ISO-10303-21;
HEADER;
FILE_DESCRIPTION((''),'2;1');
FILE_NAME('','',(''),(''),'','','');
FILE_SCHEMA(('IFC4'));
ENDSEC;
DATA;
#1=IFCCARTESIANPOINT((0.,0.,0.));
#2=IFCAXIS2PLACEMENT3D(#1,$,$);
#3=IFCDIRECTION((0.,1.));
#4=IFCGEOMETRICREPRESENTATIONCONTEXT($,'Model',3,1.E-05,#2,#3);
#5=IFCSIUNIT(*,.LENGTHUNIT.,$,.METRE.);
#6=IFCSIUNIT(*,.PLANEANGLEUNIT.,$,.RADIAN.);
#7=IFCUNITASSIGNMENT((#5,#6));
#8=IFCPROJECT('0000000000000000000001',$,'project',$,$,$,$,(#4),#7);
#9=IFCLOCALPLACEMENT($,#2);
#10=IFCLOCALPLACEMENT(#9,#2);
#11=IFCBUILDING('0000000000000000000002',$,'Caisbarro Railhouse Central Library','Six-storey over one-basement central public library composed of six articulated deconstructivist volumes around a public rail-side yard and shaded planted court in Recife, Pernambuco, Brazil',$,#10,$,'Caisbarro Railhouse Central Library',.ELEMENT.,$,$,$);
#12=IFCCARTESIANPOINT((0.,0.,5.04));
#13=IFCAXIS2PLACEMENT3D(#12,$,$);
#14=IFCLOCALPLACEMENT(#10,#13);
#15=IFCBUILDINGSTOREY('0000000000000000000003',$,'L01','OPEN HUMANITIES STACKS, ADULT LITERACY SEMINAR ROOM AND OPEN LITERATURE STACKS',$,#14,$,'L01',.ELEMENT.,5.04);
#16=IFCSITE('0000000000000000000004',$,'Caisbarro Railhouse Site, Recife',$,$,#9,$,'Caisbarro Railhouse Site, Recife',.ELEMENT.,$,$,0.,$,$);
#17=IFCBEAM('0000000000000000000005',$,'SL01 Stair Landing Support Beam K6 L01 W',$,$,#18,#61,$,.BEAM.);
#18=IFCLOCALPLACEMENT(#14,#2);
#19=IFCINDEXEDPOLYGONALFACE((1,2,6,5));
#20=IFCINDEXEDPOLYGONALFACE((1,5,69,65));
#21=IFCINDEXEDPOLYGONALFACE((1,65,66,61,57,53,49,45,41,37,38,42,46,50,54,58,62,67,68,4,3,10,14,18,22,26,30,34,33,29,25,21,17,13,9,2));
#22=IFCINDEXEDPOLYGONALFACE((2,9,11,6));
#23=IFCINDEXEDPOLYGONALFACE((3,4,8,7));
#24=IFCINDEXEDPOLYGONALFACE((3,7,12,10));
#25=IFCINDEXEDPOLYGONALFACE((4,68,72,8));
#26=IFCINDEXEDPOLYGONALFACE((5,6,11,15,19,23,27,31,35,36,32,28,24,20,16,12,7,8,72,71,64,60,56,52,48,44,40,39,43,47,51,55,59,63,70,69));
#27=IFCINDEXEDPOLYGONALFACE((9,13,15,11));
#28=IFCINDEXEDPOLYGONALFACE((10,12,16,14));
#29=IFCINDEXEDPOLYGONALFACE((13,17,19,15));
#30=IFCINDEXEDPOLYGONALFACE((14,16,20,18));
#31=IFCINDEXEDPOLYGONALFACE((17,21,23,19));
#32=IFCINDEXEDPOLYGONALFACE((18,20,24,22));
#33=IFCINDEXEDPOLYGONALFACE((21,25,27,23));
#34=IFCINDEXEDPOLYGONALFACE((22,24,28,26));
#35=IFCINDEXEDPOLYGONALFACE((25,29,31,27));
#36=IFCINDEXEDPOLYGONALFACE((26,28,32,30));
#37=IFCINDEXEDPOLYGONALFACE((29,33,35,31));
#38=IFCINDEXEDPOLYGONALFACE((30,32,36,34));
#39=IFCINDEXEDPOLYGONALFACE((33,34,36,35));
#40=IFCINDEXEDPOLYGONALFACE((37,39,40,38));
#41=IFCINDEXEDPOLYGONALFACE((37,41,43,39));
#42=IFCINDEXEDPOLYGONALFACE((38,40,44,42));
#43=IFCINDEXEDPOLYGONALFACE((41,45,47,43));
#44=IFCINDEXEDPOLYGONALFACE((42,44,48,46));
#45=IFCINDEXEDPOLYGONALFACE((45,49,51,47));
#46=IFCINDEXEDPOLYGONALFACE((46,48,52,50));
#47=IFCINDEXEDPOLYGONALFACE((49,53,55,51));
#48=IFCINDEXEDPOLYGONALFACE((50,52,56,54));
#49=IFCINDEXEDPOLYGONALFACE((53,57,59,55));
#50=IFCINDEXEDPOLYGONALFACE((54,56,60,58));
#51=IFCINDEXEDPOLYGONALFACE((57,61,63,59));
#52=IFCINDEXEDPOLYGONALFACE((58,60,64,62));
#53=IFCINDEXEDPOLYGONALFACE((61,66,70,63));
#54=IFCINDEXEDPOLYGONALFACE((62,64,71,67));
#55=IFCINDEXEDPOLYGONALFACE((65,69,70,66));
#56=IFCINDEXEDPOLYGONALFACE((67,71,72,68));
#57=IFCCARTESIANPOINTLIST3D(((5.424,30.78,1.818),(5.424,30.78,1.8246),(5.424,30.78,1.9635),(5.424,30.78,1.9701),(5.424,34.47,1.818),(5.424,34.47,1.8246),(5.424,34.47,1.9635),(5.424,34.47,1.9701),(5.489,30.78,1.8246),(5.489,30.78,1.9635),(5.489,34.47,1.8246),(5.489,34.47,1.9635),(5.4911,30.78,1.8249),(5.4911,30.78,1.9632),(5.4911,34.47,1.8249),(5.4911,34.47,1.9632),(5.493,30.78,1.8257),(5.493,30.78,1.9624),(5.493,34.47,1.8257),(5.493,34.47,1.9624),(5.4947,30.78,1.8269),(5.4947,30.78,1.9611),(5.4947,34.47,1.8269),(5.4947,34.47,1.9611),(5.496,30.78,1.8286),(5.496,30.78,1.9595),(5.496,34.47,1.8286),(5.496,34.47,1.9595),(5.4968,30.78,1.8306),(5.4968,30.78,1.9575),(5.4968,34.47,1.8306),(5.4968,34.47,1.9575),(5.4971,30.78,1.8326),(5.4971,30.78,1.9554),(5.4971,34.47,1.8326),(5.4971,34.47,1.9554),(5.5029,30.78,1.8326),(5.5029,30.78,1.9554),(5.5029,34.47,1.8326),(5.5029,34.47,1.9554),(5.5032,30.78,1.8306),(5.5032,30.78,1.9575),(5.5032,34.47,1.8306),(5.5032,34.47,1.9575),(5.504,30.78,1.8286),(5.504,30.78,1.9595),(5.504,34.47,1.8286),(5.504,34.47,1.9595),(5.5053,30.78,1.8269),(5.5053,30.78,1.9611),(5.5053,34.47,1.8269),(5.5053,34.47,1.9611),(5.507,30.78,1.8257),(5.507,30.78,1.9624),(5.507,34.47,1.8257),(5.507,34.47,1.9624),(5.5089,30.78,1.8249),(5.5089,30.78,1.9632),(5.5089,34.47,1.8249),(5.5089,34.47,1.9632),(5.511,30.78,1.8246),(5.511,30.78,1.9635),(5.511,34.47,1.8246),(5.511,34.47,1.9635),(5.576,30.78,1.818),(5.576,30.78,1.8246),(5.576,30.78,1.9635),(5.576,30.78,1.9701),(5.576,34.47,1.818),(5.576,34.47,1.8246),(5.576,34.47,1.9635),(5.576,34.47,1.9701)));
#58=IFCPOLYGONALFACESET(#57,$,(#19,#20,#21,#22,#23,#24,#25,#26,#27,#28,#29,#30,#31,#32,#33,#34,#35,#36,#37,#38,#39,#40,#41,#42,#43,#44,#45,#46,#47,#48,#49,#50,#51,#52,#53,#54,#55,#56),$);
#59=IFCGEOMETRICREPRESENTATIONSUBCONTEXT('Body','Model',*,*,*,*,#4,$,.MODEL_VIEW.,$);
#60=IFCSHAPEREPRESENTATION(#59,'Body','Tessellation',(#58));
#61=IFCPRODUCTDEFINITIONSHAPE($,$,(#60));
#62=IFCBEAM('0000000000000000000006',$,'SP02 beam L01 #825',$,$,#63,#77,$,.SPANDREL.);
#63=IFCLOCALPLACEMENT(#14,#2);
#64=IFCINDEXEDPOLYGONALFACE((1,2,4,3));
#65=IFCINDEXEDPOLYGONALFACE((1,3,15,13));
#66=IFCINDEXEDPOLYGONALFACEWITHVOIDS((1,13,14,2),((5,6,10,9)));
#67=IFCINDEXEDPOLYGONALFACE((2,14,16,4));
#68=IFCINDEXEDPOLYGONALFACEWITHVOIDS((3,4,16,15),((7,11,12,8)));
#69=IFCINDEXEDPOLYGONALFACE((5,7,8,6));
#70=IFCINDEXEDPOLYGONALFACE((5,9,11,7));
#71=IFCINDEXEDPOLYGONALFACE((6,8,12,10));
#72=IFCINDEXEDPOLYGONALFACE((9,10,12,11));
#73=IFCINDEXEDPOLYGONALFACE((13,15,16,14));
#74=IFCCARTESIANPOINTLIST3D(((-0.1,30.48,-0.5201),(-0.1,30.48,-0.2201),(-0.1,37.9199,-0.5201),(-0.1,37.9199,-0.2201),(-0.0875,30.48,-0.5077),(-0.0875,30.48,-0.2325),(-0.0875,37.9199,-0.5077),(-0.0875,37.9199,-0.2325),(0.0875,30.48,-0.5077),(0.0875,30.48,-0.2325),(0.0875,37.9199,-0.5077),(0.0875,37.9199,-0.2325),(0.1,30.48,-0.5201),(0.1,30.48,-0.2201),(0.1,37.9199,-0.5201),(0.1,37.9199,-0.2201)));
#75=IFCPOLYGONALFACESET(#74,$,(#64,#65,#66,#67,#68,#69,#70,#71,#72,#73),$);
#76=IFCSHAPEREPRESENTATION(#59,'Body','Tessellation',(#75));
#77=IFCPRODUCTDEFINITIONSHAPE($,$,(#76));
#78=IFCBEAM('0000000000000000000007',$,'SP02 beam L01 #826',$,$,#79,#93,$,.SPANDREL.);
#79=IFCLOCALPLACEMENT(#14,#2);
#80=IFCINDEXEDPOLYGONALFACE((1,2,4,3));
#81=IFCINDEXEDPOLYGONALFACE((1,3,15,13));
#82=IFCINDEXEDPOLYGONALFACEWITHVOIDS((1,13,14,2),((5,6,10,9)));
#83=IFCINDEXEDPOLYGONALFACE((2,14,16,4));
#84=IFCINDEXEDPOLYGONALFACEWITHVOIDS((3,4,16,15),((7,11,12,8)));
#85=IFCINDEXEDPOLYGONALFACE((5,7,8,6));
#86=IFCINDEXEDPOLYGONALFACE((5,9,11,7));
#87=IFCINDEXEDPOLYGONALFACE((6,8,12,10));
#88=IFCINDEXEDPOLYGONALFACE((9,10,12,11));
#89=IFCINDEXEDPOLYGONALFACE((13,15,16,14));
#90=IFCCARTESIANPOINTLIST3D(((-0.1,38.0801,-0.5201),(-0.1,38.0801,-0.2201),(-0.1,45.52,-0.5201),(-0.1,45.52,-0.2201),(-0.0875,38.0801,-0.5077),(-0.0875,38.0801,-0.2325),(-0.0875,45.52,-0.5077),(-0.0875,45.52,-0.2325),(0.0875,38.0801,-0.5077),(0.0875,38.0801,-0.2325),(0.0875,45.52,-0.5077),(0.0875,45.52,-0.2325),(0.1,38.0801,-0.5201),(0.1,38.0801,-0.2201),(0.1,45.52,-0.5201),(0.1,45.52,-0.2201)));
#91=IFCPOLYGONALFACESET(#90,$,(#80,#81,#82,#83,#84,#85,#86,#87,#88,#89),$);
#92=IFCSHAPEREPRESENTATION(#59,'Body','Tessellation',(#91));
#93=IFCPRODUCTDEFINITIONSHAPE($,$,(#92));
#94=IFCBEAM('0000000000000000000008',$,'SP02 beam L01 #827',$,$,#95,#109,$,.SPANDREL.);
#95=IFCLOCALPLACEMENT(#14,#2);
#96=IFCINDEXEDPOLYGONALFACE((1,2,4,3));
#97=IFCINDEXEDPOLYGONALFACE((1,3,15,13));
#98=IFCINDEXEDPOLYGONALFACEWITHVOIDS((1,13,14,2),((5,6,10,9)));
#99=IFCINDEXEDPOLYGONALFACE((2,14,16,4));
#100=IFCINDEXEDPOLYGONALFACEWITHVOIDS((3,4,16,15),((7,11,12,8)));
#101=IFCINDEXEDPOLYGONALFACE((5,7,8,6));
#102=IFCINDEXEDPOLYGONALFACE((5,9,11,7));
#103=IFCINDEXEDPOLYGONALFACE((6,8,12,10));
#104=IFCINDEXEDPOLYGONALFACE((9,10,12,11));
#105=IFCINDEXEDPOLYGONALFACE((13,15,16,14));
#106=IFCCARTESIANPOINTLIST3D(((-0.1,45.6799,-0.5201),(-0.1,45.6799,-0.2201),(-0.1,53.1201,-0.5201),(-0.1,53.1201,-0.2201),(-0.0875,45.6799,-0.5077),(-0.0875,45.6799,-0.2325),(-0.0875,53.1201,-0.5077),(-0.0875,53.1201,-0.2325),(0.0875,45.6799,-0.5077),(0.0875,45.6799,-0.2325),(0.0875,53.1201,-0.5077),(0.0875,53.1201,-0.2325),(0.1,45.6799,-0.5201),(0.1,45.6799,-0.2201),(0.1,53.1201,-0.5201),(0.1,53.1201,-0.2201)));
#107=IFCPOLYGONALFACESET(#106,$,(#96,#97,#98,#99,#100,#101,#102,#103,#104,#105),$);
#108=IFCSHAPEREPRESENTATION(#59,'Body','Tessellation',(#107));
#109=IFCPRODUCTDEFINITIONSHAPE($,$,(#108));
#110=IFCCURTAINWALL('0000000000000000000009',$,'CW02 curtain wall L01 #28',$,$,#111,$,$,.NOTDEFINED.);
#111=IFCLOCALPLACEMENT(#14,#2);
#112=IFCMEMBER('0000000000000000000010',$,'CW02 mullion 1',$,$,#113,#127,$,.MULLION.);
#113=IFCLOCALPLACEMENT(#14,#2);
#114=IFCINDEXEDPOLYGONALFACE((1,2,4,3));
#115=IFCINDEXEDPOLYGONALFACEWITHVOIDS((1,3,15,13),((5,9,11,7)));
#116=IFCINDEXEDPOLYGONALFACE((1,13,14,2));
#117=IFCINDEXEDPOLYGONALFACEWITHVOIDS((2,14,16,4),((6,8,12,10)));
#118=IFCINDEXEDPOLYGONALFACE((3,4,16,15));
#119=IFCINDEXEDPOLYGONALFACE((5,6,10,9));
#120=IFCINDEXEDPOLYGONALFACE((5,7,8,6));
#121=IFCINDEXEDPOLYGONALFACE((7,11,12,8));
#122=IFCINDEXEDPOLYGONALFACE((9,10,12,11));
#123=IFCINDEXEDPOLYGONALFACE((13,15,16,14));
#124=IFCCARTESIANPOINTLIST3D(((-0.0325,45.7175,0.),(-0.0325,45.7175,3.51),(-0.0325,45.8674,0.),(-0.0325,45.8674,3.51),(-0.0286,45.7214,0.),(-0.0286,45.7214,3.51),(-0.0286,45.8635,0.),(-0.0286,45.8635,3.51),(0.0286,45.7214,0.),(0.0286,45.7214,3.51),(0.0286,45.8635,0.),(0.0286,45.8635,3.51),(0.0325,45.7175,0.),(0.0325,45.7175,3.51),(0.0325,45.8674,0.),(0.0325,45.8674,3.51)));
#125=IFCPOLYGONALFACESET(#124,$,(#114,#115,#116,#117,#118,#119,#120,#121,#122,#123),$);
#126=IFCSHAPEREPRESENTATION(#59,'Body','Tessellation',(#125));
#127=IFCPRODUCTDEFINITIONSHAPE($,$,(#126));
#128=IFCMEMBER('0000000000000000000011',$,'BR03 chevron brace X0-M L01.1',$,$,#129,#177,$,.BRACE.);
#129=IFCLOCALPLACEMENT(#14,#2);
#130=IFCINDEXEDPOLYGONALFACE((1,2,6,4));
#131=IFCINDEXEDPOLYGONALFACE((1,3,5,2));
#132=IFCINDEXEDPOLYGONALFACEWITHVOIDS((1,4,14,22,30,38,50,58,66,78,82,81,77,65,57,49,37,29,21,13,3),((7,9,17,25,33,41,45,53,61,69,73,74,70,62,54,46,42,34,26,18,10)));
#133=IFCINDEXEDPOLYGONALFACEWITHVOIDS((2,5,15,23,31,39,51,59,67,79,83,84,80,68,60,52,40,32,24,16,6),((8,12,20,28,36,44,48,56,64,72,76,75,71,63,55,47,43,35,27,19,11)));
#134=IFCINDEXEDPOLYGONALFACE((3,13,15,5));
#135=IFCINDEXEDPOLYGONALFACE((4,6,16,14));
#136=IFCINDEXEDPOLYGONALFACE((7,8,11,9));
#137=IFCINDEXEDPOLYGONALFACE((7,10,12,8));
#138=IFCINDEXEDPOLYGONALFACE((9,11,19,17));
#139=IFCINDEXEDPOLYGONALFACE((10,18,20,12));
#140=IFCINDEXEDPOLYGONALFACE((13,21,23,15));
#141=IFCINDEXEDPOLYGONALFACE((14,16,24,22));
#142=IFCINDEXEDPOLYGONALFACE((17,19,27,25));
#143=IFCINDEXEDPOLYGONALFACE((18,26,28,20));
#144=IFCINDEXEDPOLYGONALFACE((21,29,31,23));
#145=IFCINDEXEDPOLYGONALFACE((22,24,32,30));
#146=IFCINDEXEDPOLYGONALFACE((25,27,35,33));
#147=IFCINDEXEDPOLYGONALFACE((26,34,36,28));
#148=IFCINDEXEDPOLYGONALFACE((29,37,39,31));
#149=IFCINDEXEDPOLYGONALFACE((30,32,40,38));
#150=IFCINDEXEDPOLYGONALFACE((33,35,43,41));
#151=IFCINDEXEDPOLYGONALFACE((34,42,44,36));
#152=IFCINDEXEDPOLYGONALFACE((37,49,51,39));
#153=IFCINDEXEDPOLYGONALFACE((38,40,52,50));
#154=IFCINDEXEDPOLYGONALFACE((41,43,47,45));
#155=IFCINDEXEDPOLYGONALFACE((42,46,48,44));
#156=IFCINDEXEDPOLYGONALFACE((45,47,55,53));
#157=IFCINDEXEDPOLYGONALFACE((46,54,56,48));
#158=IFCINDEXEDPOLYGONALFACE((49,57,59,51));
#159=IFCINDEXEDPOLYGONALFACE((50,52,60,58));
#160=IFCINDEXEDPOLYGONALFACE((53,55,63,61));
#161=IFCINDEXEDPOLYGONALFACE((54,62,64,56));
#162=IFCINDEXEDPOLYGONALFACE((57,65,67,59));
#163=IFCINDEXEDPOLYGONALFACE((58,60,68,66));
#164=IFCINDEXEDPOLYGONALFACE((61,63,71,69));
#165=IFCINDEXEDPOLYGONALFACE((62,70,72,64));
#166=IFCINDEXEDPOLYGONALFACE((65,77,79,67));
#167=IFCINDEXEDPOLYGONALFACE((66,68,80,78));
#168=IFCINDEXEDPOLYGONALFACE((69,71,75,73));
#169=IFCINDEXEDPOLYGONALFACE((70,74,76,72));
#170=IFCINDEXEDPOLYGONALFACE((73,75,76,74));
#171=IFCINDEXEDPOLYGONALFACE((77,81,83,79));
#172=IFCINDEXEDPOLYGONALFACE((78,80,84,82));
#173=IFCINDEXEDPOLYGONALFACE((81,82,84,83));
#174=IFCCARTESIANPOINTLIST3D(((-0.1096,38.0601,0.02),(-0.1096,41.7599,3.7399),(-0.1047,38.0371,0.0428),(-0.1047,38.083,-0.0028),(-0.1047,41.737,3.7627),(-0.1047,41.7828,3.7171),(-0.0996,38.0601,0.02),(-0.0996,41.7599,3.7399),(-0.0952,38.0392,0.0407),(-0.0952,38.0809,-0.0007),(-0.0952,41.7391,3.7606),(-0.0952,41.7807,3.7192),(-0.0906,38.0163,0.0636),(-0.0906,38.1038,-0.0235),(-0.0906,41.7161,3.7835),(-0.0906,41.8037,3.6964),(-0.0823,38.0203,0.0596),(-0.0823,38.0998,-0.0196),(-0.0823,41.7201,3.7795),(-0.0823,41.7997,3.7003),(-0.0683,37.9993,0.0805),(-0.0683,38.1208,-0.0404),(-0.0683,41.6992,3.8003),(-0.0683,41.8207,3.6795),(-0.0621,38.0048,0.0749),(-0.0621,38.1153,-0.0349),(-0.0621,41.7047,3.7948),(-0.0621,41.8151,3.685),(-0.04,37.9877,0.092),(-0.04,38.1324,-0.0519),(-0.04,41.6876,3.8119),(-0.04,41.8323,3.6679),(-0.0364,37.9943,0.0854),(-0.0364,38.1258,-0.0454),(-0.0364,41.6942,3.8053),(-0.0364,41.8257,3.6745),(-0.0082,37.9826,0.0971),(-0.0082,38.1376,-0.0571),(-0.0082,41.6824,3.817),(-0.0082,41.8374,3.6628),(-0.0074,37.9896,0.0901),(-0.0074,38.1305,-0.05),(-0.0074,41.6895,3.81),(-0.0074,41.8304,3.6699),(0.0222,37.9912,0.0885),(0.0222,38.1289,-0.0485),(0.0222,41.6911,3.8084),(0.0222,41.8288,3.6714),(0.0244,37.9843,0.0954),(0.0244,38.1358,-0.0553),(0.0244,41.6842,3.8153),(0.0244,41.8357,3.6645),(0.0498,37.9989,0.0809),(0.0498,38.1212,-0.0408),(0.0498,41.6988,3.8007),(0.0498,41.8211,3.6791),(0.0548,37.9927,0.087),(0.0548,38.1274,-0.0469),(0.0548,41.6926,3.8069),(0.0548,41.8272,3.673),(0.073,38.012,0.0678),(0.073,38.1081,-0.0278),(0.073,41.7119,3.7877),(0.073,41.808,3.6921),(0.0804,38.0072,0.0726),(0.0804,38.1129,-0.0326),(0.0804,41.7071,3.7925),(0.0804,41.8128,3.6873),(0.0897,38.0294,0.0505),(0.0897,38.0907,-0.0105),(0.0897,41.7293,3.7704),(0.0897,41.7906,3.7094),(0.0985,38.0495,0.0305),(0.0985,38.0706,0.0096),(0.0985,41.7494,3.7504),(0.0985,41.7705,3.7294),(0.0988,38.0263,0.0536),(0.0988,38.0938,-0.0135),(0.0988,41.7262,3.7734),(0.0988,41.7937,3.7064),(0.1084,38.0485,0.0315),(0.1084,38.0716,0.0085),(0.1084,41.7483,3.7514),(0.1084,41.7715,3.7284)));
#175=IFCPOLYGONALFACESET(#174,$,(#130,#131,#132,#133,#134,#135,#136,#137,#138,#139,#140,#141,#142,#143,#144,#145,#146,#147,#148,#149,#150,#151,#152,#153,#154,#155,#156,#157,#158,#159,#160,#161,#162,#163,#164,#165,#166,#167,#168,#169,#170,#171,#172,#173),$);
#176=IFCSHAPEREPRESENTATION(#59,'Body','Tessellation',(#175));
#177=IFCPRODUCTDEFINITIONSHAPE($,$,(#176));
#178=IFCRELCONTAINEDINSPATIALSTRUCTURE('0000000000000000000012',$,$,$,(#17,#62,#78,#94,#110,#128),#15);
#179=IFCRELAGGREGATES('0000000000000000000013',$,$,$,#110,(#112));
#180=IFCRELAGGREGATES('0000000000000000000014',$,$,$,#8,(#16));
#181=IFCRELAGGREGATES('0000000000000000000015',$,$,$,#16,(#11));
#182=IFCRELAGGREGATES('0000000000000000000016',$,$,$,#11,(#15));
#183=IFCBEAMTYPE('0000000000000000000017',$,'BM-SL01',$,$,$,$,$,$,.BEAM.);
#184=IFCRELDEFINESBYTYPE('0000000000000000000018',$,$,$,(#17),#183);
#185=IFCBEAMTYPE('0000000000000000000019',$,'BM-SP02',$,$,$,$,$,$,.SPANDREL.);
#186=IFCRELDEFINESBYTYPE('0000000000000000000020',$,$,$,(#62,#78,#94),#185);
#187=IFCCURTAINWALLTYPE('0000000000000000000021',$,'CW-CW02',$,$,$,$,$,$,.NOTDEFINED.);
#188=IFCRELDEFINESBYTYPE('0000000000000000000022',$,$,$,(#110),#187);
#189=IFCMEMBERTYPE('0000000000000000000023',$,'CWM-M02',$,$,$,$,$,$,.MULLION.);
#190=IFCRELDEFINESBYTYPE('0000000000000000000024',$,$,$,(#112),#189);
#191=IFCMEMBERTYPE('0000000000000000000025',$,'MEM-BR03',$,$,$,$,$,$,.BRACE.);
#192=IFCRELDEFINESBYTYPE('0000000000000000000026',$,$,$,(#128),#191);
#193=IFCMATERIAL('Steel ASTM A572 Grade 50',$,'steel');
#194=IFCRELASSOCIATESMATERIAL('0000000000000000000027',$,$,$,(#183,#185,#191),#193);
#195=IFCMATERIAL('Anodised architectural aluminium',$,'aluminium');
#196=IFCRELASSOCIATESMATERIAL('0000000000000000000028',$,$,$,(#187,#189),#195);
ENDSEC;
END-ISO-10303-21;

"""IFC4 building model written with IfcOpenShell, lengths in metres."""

from ifc_helpers import new_model, si_unit, direction, frame, origin, origin_2d, place, context, subcontext, project, spatial, hollow_rectangle, hollow_circle, i_section, extrude, material, material_profile, profile_set, type_object, element, aggregate, save


model = new_model("IFC4")

# Units and contexts
model_context = context("Model", 3, precision=1e-05, world=origin(), true_north=direction((0.0, 1.0)))
body_context = subcontext(model_context, "Body", "Model", "MODEL_VIEW")
ifc_project = project(units=[si_unit("LENGTHUNIT", "METRE"), si_unit("PLANEANGLEUNIT", "RADIAN")], contexts=[model_context])

# Site, building, storey
site_placement = place(None, origin())
site = spatial("IfcSite", under=ifc_project, at=site_placement, Name="Caisbarro Railhouse Site, Recife", LongName="Caisbarro Railhouse Site, Recife", CompositionType="ELEMENT", RefElevation=0.0)
building_placement = place(site_placement, origin())
building = spatial("IfcBuilding", under=site, at=building_placement, Name="Caisbarro Railhouse Central Library", Description="Six-storey over one-basement central public library composed of six articulated deconstructivist volumes around a public rail-side yard and shaded planted court in Recife, Pernambuco, Brazil", LongName="Caisbarro Railhouse Central Library", CompositionType="ELEMENT")
storey_placement = place(building_placement, frame((0.0, 0.0, 5.04)))
storey = spatial("IfcBuildingStorey", under=building, at=storey_placement, Name="L01", Description="OPEN HUMANITIES STACKS, ADULT LITERACY SEMINAR ROOM AND OPEN LITERATURE STACKS", LongName="L01", CompositionType="ELEMENT", Elevation=5.04)

# Shared definitions
ifc_material_1 = material(Name="Steel ASTM A572 Grade 50", Category="steel")

# Beams
ifc_material_profile_1 = material_profile(ifc_material_1, i_section(OverallWidth=0.1521, OverallDepth=0.1521, WebThickness=0.0059, FlangeThickness=0.0066, FilletRadius=0.0081, at=origin_2d()), Name="W150X22.5")
ifc_profile_set_1 = profile_set([ifc_material_profile_1], Name="Steel ASTM A572 Grade 50")
beam_type_1 = type_object("IfcBeamType", Name="BM-SL01", PredefinedType="BEAM", material=ifc_profile_set_1)
beam_1_placement = place(storey_placement, frame((5.5, 30.78, 1.894), z_axis=(0.0, 1.0, 0.0), x_axis=(-1.0, 0.0, 0.0)))
element("IfcBeam", 1, at=beam_1_placement, inside=storey, type_object=beam_type_1, Name="SL01 Stair Landing Support Beam K6 L01 W", PredefinedType="BEAM", context=body_context, shape_type="SweptSolid", body=[
    extrude(i_section(OverallWidth=0.1521, OverallDepth=0.1521, WebThickness=0.0059, FlangeThickness=0.0066, FilletRadius=0.0081, at=origin_2d()), origin(), (0.0, 0.0, 1.0), 3.6899),
])
ifc_material_profile_2 = material_profile(ifc_material_1, hollow_rectangle(XDim=0.2, YDim=0.3, WallThickness=0.0125, at=origin_2d()), Name="HSS300X200X12.5")
ifc_profile_set_2 = profile_set([ifc_material_profile_2], Name="Steel ASTM A572 Grade 50")
beam_type_2 = type_object("IfcBeamType", Name="BM-SP02", PredefinedType="SPANDREL", material=ifc_profile_set_2)
for number, where, z_axis, x_axis, name in (
    (2, (0.0, 30.48, -0.3701), (0.0, 1.0, 0.0), (-1.0, 0.0, 0.0), "SP02 beam L01 #825"),
    (3, (0.0, 38.0801, -0.3701), (0.0, 1.0, 0.0), (-1.0, 0.0, 0.0), "SP02 beam L01 #826"),
):
    element("IfcBeam", number, at=place(storey_placement, frame(where, z_axis=z_axis, x_axis=x_axis)), inside=storey, type_object=beam_type_2, Name=name, PredefinedType="SPANDREL", context=body_context, shape_type="SweptSolid", body=[
        extrude(hollow_rectangle(XDim=0.2, YDim=0.3, WallThickness=0.0125, at=origin_2d()), origin(), (0.0, 0.0, 1.0), 7.4399),
    ])
beam_2_placement = place(storey_placement, frame((0.0, 45.6799, -0.3701), z_axis=(0.0, 1.0, 0.0), x_axis=(-1.0, 0.0, 0.0)))
element("IfcBeam", 4, at=beam_2_placement, inside=storey, type_object=beam_type_2, Name="SP02 beam L01 #827", PredefinedType="SPANDREL", context=body_context, shape_type="SweptSolid", body=[
    extrude(hollow_rectangle(XDim=0.2, YDim=0.3, WallThickness=0.0125, at=origin_2d()), origin(), (0.0, 0.0, 1.0), 7.4402),
])

# Curtain wall, member
ifc_material_2 = material(Name="Anodised architectural aluminium", Category="aluminium")
curtain_wall_type = type_object("IfcCurtainWallType", Name="CW-CW02", PredefinedType="NOTDEFINED", material=ifc_material_2)
curtain_wall_placement = place(storey_placement, origin())
curtain_wall = element("IfcCurtainWall", 5, at=curtain_wall_placement, inside=storey, type_object=curtain_wall_type, Name="CW02 curtain wall L01 #28", PredefinedType="NOTDEFINED")
ifc_material_profile_3 = material_profile(ifc_material_2, hollow_rectangle(XDim=0.0649, YDim=0.1499, WallThickness=0.0039, at=origin_2d()), Name="ALU-MUL-65X150")
ifc_profile_set_3 = profile_set([ifc_material_profile_3], Name="Anodised architectural aluminium")
member_type_1 = type_object("IfcMemberType", Name="CWM-M02", PredefinedType="MULLION", material=ifc_profile_set_3)
member_placement = place(storey_placement, frame((0.0, 45.7925, 0.0), z_axis=(0.0, 0.0, 1.0), x_axis=(-1.0, 0.0, 0.0)))
member = element("IfcMember", 6, at=member_placement, type_object=member_type_1, Name="CW02 mullion 1", PredefinedType="MULLION", context=body_context, shape_type="SweptSolid", body=[
    extrude(hollow_rectangle(XDim=0.0649, YDim=0.1499, WallThickness=0.0039, at=origin_2d()), origin(), (0.0, 0.0, 1.0), 3.51),
])
aggregate(curtain_wall, [member])

# Member
ifc_material_profile_4 = material_profile(ifc_material_1, hollow_circle(Radius=0.1096, WallThickness=0.01, at=origin_2d()), Name="CHS219.1X10")
ifc_profile_set_4 = profile_set([ifc_material_profile_4], Name="Steel ASTM A572 Grade 50")
member_type_2 = type_object("IfcMemberType", Name="MEM-BR03", PredefinedType="BRACE", material=ifc_profile_set_4)
for number, where, z_axis, x_axis, name in (
    (7, (0.0, 38.0601, 0.02), (0.0, 0.705196, 0.709012), (-1.0, 0.0, 0.0), "BR03 chevron brace X0-M L01.1"),
):
    element("IfcMember", number, at=place(storey_placement, frame(where, z_axis=z_axis, x_axis=x_axis)), inside=storey, type_object=member_type_2, Name=name, PredefinedType="BRACE", context=body_context, shape_type="SweptSolid", body=[
        extrude(hollow_circle(Radius=0.1096, WallThickness=0.01, at=origin_2d()), origin(), (0.0, 0.0, 1.0), 5.2466),
    ])

save(model, "model.ifc")
